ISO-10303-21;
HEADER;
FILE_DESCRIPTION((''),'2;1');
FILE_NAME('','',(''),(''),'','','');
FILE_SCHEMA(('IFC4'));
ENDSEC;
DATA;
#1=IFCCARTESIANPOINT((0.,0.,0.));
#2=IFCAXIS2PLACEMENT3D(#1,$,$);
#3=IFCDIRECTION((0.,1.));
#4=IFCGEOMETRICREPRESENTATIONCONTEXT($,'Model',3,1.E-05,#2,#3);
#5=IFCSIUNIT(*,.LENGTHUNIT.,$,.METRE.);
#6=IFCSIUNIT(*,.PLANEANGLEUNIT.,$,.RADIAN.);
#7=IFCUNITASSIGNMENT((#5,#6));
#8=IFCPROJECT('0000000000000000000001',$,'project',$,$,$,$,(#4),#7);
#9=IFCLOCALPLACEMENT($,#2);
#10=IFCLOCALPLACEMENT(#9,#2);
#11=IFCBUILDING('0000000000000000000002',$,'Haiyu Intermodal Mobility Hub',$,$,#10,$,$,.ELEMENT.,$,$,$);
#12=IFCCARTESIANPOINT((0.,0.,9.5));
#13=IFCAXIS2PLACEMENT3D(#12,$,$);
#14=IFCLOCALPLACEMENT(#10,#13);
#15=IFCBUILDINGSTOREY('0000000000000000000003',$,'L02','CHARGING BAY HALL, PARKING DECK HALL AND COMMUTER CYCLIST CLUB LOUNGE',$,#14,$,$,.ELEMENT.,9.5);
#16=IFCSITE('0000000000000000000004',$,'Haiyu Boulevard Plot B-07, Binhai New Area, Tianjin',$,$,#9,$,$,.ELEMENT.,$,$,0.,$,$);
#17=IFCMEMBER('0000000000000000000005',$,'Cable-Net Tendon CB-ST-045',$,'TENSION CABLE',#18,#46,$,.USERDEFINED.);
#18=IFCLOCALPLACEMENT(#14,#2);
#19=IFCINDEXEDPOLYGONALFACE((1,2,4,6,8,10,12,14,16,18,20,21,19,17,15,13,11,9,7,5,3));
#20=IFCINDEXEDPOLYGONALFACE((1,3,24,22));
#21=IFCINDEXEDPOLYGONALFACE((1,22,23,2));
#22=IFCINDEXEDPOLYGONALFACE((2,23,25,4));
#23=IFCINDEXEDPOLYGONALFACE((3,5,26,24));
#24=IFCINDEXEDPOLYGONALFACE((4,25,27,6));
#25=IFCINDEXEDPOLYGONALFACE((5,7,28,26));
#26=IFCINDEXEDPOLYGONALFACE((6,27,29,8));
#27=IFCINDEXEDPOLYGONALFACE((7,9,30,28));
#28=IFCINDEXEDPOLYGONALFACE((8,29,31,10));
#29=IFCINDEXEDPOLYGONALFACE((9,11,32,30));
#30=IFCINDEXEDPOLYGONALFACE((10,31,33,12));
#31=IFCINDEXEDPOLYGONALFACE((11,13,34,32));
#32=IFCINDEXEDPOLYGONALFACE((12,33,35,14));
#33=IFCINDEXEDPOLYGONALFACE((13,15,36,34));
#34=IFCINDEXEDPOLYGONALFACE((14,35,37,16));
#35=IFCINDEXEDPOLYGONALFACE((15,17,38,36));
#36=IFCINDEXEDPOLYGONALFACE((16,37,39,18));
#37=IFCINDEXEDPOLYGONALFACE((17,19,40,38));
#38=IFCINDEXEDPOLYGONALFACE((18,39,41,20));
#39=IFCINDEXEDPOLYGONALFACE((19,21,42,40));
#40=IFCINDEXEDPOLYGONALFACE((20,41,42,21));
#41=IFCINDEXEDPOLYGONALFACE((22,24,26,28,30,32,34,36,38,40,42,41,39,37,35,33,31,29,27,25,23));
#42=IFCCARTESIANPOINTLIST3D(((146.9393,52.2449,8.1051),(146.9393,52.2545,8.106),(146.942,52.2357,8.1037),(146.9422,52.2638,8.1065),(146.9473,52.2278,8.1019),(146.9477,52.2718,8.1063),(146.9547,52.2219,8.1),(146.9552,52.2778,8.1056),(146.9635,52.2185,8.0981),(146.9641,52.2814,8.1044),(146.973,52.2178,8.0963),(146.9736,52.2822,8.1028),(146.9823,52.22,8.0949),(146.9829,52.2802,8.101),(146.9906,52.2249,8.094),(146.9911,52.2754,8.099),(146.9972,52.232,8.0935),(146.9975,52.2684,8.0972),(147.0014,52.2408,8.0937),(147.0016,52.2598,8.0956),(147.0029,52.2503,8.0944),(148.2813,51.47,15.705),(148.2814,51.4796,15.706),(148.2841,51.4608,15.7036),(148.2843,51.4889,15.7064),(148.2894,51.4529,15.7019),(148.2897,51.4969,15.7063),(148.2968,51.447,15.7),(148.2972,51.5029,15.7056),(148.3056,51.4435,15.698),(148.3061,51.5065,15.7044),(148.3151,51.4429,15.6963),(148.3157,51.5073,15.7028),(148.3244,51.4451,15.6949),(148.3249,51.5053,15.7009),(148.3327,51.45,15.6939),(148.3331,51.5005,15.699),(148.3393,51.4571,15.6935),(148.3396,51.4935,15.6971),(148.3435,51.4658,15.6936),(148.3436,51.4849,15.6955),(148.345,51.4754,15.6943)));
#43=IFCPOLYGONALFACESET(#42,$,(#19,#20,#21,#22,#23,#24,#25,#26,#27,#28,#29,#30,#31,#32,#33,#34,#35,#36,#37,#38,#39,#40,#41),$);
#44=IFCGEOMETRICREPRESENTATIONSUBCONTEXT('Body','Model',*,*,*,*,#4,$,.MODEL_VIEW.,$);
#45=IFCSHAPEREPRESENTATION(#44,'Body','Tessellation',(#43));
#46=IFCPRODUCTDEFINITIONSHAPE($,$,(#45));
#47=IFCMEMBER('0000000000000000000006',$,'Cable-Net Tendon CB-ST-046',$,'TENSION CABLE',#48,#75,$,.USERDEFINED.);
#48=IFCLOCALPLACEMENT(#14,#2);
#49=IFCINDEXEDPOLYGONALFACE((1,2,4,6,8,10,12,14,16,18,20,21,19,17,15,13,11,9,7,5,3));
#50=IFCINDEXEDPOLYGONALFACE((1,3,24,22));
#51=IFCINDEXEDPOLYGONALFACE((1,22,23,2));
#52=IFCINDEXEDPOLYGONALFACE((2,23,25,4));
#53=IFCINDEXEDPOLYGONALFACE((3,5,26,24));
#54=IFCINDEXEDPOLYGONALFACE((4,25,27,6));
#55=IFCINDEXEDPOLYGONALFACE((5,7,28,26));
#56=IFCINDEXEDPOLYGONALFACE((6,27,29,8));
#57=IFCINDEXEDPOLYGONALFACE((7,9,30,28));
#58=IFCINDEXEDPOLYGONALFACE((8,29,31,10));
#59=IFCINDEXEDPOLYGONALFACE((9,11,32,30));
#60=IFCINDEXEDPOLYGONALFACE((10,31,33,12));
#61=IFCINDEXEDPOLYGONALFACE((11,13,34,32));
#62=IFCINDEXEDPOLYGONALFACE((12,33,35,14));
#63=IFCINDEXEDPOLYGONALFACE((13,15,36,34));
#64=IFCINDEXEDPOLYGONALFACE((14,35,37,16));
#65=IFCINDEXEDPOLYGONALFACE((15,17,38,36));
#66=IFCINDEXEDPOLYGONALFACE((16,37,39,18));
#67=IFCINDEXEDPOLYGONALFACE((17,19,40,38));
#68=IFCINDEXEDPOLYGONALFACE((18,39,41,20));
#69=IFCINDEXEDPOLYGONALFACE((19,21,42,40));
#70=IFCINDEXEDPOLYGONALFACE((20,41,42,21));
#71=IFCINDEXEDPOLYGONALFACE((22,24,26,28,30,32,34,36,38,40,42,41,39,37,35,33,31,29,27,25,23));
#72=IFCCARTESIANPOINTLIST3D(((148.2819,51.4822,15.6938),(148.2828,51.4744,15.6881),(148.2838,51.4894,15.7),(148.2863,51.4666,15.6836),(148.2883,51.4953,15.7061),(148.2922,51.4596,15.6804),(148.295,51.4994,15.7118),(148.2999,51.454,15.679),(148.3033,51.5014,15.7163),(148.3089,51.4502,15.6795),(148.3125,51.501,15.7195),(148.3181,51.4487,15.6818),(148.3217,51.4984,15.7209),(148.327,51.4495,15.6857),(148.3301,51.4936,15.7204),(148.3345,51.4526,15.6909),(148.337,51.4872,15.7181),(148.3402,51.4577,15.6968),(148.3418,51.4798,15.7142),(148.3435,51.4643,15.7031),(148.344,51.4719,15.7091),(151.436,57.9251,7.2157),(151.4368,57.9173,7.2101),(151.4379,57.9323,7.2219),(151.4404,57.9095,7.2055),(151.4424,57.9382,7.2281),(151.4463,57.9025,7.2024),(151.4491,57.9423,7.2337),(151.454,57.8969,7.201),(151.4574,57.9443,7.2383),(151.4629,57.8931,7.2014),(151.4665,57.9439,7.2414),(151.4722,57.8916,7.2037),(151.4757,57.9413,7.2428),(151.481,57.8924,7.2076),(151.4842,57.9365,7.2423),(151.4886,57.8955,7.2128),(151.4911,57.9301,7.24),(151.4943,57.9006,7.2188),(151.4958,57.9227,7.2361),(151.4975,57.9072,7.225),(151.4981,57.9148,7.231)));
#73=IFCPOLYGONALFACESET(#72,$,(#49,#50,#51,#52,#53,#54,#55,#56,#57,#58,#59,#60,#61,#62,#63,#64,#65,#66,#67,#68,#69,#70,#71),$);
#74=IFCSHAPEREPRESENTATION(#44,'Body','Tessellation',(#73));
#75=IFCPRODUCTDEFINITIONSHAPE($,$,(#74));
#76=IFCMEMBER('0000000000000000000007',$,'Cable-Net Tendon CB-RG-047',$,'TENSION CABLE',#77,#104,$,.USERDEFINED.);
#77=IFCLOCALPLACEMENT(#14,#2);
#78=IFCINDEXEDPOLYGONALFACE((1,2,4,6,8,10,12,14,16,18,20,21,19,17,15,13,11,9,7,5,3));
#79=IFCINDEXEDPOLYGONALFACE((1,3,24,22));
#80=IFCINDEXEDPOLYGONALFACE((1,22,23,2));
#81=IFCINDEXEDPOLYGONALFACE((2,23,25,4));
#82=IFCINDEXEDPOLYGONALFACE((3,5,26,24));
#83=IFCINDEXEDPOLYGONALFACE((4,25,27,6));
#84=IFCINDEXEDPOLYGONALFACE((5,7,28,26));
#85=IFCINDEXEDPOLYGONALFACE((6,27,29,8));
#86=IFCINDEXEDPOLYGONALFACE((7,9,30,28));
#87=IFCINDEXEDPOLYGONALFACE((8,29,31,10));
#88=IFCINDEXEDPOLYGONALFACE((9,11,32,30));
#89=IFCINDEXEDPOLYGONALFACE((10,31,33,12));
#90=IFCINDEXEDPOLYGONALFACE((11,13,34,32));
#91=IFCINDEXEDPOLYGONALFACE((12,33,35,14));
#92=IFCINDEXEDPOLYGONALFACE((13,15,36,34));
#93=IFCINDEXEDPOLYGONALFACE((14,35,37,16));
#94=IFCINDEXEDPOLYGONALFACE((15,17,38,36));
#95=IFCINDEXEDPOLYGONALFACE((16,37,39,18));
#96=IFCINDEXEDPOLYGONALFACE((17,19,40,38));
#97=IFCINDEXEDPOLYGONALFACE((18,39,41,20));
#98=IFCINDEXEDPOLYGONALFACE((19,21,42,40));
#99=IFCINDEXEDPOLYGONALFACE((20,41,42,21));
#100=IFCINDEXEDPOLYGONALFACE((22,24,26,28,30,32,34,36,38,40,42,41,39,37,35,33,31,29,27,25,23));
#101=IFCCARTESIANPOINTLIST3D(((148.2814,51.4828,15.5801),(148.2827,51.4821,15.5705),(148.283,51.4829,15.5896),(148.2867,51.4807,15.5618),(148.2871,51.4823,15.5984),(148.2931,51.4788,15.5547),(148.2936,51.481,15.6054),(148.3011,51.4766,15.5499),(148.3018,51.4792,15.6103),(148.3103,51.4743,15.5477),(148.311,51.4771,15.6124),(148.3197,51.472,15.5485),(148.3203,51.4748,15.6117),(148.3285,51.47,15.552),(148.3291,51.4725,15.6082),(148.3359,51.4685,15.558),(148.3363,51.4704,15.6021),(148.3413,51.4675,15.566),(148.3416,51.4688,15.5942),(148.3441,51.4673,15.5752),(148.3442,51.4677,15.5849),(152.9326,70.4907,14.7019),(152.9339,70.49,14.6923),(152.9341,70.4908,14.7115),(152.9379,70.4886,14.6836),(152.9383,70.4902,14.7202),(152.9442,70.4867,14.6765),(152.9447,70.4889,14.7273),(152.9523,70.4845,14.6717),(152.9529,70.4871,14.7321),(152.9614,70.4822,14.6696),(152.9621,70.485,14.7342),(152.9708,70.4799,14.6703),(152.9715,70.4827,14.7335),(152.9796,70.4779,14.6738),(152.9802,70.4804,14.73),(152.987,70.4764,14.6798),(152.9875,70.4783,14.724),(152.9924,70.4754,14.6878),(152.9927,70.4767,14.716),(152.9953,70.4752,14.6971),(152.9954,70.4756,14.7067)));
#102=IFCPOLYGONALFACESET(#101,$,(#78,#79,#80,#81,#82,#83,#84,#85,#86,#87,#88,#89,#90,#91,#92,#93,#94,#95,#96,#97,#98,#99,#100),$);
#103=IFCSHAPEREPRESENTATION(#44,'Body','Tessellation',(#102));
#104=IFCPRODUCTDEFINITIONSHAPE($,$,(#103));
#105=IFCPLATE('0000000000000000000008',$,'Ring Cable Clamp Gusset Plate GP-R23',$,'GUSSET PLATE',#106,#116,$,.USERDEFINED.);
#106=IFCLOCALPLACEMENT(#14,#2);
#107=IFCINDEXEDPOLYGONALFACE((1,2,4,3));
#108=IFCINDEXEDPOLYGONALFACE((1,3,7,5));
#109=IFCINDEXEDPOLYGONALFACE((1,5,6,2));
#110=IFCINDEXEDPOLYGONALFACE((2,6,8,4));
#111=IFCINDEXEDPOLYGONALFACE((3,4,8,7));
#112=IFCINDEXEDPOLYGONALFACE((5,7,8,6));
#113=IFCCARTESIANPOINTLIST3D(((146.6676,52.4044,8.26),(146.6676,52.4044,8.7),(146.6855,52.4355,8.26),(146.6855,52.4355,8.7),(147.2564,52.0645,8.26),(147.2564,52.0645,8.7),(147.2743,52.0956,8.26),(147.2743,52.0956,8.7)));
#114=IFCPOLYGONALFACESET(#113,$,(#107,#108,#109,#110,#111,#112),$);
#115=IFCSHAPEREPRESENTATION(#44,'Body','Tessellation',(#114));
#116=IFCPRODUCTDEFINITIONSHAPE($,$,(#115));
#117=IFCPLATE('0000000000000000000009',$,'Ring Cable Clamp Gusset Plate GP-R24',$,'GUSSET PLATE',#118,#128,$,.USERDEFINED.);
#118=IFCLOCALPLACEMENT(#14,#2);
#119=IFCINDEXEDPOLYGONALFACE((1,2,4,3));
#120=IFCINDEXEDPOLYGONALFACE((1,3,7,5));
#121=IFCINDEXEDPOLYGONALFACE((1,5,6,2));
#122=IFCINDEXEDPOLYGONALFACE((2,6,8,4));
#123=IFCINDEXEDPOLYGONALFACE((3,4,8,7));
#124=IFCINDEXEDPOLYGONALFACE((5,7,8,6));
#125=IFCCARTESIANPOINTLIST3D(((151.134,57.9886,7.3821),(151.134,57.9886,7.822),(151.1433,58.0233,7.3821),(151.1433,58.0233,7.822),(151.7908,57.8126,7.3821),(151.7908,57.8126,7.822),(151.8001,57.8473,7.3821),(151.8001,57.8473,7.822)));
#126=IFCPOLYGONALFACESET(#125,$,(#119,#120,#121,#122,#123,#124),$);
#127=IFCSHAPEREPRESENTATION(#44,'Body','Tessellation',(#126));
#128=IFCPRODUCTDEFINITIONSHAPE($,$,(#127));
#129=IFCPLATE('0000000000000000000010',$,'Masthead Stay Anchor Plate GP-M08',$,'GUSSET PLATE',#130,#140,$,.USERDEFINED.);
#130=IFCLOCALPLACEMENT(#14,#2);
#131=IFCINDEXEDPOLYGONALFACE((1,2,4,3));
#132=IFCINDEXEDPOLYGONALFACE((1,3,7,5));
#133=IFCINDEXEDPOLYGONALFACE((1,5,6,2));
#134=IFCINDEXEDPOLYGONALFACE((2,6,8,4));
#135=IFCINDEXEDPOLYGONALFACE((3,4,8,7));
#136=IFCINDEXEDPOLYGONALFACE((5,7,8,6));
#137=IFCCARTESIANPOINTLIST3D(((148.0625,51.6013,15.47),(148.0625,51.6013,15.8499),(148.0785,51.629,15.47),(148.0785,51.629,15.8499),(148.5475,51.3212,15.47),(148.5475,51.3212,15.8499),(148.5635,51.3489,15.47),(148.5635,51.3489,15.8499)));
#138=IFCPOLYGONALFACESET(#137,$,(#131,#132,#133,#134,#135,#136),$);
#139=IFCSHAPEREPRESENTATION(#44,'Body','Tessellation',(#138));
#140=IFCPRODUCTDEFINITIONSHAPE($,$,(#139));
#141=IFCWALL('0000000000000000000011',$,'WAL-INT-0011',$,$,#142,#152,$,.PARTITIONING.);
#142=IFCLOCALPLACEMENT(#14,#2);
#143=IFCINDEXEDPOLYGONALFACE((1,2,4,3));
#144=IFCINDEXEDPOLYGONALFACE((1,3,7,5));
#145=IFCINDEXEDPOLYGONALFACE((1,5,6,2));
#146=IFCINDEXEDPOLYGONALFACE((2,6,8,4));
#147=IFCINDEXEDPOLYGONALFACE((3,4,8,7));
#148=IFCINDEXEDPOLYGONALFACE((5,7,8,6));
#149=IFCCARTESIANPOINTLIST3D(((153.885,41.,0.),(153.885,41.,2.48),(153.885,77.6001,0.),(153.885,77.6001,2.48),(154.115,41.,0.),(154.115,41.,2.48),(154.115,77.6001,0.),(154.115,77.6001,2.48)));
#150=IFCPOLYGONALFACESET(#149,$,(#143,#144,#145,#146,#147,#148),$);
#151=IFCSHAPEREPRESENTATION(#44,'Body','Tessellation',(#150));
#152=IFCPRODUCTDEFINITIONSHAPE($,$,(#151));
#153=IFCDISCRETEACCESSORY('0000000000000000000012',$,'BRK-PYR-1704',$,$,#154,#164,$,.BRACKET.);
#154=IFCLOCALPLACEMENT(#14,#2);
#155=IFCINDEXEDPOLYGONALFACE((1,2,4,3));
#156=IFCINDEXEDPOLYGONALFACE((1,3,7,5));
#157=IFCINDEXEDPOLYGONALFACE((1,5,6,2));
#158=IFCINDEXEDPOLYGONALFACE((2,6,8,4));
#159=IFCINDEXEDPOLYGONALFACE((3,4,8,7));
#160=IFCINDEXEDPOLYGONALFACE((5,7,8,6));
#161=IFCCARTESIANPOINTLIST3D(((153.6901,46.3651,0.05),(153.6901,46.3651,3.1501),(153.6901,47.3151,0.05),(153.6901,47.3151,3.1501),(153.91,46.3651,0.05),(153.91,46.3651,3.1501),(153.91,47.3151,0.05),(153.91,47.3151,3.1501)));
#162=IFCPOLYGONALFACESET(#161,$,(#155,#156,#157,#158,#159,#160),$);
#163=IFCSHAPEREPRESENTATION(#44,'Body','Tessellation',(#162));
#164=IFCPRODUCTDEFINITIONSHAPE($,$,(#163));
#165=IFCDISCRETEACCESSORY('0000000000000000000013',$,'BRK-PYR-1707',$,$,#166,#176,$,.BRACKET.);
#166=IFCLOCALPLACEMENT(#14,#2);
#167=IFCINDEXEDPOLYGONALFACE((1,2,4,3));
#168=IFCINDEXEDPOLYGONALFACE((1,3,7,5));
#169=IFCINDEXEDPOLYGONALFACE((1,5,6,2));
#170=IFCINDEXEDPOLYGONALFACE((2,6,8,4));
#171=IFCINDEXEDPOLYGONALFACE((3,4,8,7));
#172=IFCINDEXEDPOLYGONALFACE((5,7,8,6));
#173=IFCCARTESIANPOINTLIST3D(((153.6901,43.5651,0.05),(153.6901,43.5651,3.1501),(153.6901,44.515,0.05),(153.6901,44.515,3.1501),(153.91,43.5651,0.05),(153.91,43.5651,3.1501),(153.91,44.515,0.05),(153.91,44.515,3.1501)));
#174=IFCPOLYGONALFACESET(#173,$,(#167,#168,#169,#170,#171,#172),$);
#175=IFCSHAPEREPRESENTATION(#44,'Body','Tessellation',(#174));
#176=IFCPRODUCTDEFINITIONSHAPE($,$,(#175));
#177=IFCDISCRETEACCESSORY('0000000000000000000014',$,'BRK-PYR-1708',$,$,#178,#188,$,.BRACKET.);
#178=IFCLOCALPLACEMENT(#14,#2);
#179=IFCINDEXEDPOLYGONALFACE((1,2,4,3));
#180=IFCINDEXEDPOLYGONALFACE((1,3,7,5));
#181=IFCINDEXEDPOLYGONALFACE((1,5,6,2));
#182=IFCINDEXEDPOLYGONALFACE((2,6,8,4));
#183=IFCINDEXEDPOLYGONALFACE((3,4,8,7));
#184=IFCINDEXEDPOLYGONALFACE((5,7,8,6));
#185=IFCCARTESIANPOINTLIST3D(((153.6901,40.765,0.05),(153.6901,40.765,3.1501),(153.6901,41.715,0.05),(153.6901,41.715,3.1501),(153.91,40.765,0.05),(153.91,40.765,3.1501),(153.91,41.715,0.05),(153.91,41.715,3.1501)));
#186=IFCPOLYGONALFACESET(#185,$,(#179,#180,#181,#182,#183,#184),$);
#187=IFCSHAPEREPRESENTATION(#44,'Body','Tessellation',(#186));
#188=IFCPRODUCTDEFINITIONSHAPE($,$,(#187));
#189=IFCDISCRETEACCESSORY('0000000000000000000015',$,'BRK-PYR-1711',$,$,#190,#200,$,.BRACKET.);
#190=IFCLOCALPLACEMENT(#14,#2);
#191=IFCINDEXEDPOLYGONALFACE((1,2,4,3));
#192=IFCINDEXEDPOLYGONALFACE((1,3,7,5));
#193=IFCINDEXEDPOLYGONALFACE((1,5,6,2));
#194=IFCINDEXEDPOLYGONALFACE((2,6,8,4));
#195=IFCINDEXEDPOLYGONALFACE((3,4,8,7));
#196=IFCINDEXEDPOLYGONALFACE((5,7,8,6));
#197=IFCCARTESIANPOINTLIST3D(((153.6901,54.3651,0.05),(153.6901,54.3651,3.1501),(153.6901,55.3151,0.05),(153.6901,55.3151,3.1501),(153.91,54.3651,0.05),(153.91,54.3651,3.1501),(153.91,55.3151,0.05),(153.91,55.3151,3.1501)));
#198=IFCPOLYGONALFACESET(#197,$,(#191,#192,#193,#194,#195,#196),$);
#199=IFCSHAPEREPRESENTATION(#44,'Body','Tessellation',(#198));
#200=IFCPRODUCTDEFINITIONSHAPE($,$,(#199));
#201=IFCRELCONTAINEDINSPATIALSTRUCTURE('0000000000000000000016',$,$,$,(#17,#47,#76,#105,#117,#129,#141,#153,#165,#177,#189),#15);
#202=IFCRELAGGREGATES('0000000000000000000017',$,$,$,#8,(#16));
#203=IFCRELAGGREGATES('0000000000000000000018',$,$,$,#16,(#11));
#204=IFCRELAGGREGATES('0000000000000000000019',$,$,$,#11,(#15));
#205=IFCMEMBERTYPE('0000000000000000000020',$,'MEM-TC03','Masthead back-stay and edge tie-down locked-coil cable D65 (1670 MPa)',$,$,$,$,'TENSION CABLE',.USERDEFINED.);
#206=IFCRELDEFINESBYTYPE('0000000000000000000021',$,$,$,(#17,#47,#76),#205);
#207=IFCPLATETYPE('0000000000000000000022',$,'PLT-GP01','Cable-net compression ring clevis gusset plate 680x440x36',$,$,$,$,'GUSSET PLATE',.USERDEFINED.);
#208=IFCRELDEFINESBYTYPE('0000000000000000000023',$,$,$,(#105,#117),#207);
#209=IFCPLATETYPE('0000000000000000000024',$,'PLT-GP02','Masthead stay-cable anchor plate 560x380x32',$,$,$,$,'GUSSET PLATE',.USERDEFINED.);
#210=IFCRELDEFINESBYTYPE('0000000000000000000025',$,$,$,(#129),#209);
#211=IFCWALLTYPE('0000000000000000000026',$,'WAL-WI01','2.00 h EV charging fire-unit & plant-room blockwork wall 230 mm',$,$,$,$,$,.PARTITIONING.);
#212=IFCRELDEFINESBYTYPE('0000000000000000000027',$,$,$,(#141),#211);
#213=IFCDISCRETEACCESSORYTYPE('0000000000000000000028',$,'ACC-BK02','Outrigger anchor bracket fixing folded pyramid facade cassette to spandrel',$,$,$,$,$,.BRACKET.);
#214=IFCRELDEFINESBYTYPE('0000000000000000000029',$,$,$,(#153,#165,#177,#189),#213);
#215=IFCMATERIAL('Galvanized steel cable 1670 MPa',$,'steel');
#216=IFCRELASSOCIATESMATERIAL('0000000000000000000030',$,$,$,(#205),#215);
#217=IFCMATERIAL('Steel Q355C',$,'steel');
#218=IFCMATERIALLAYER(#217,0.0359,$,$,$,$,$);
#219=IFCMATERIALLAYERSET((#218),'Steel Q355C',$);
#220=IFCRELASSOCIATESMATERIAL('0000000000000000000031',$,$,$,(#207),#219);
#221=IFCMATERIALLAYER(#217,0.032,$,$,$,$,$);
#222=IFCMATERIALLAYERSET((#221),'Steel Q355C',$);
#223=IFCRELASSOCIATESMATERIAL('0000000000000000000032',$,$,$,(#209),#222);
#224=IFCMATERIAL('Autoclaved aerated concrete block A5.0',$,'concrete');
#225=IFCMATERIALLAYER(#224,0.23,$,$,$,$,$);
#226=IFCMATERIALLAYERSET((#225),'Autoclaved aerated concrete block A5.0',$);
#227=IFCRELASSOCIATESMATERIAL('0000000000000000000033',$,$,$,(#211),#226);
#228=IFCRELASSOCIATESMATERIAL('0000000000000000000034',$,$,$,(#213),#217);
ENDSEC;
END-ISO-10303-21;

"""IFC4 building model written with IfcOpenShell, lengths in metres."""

from ifc_helpers import new_model, si_unit, direction, frame, frame_2d, origin, origin_2d, place, context, subcontext, project, spatial, rectangle, circle, extrude, material, layer, layer_set, material_profile, profile_set, type_object, element, save


model = new_model("IFC4")

# Units and contexts
model_context = context("Model", 3, precision=1e-05, world=origin(), true_north=direction((0.0, 1.0)))
body_context = subcontext(model_context, "Body", "Model", "MODEL_VIEW")
ifc_project = project(units=[si_unit("LENGTHUNIT", "METRE"), si_unit("PLANEANGLEUNIT", "RADIAN")], contexts=[model_context])

# Site, building, storey
site_placement = place(None, origin())
site = spatial("IfcSite", under=ifc_project, at=site_placement, Name="Haiyu Boulevard Plot B-07, Binhai New Area, Tianjin", CompositionType="ELEMENT", RefElevation=0.0)
building_placement = place(site_placement, origin())
building = spatial("IfcBuilding", under=site, at=building_placement, Name="Haiyu Intermodal Mobility Hub", CompositionType="ELEMENT")
storey_placement = place(building_placement, frame((0.0, 0.0, 9.5)))
storey = spatial("IfcBuildingStorey", under=building, at=storey_placement, Name="L02", Description="CHARGING BAY HALL, PARKING DECK HALL AND COMMUTER CYCLIST CLUB LOUNGE", CompositionType="ELEMENT", Elevation=9.5)

# Shared definitions
ifc_material_1 = material(Name="Steel Q355C", Category="steel")

# Members
ifc_material_2 = material(Name="Galvanized steel cable 1670 MPa", Category="steel")
ifc_material_profile_1 = material_profile(ifc_material_2, circle(Radius=0.0325, at=origin_2d()), Name="CABLE65")
ifc_profile_set_1 = profile_set([ifc_material_profile_1], Name="Galvanized steel cable 1670 MPa")
member_type_1 = type_object("IfcMemberType", Name="MEM-TC03", Description="Masthead back-stay and edge tie-down locked-coil cable D65 (1670 MPa)", ElementType="TENSION CABLE", PredefinedType="USERDEFINED", material=ifc_profile_set_1)
member_1_placement = place(storey_placement, frame((148.313, 51.4751, 15.7), z_axis=(-0.173027, 0.099907, -0.979837), x_axis=(-0.500036, -0.866005, 0.0)))
element("IfcMember", 1, at=member_1_placement, inside=storey, type_object=member_type_1, Name="Cable-Net Tendon CB-ST-045", ObjectType="TENSION CABLE", PredefinedType="USERDEFINED", context=body_context, shape_type="SweptSolid", body=[
    extrude(circle(Radius=0.0325, at=origin_2d()), origin(), (0.0, 0.0, 1.0), 7.7563),
])
member_2_placement = place(storey_placement, frame((148.313, 51.4751, 15.7), z_axis=(0.284004, 0.580143, -0.763397), x_axis=(-0.898153, 0.439683, 0.0)))
element("IfcMember", 2, at=member_2_placement, inside=storey, type_object=member_type_1, Name="Cable-Net Tendon CB-ST-046", ObjectType="TENSION CABLE", PredefinedType="USERDEFINED", context=body_context, shape_type="SweptSolid", body=[
    extrude(circle(Radius=0.0325, at=origin_2d()), origin(), (0.0, 0.0, 1.0), 11.1057),
])
member_3_placement = place(storey_placement, frame((148.313, 51.4751, 15.5801), z_axis=(0.237444, 0.970366, -0.044832), x_axis=(-0.971343, 0.237683, 0.0)))
element("IfcMember", 3, at=member_3_placement, inside=storey, type_object=member_type_1, Name="Cable-Net Tendon CB-RG-047", ObjectType="TENSION CABLE", PredefinedType="USERDEFINED", context=body_context, shape_type="SweptSolid", body=[
    extrude(circle(Radius=0.0325, at=origin_2d()), origin(), (0.0, 0.0, 1.0), 19.5884),
])

# Plates
ifc_layer_1 = layer(ifc_material_1, 0.0359)
ifc_layer_set_1 = layer_set([ifc_layer_1], Name="Steel Q355C")
plate_type_1 = type_object("IfcPlateType", Name="PLT-GP01", Description="Cable-net compression ring clevis gusset plate 680x440x36", ElementType="GUSSET PLATE", PredefinedType="USERDEFINED", material=ifc_layer_set_1)
for number, where, z_axis, x_axis, name in (
    (4, (146.9709, 52.25, 8.26), (0.0, 0.0, 1.0), (0.866025, -0.5, 0.0), "Ring Cable Clamp Gusset Plate GP-R23"),
    (5, (151.467, 57.918, 7.3821), (0.0, 0.0, 1.0), (0.965926, -0.258819, 0.0), "Ring Cable Clamp Gusset Plate GP-R24"),
):
    element("IfcPlate", number, at=place(storey_placement, frame(where, z_axis=z_axis, x_axis=x_axis)), inside=storey, type_object=plate_type_1, Name=name, ObjectType="GUSSET PLATE", PredefinedType="USERDEFINED", context=body_context, shape_type="SweptSolid", body=[
        extrude(rectangle(XDim=0.6799, YDim=0.0359, at=origin_2d()), origin(), (0.0, 0.0, 1.0), 0.4399),
    ])
ifc_layer_2 = layer(ifc_material_1, 0.032)
ifc_layer_set_2 = layer_set([ifc_layer_2], Name="Steel Q355C")
plate_type_2 = type_object("IfcPlateType", Name="PLT-GP02", Description="Masthead stay-cable anchor plate 560x380x32", ElementType="GUSSET PLATE", PredefinedType="USERDEFINED", material=ifc_layer_set_2)
plate_placement = place(storey_placement, frame((148.313, 51.4751, 15.47), z_axis=(0.0, 0.0, 1.0), x_axis=(0.866025, -0.5, 0.0)))
element("IfcPlate", 6, at=plate_placement, inside=storey, type_object=plate_type_2, Name="Masthead Stay Anchor Plate GP-M08", ObjectType="GUSSET PLATE", PredefinedType="USERDEFINED", context=body_context, shape_type="SweptSolid", body=[
    extrude(rectangle(XDim=0.5601, YDim=0.032, at=origin_2d()), origin(), (0.0, 0.0, 1.0), 0.3799),
])

# Wall
ifc_material_3 = material(Name="Autoclaved aerated concrete block A5.0", Category="concrete")
ifc_layer_3 = layer(ifc_material_3, 0.23)
ifc_layer_set_3 = layer_set([ifc_layer_3], Name="Autoclaved aerated concrete block A5.0")
wall_type = type_object("IfcWallType", Name="WAL-WI01", Description="2.00 h EV charging fire-unit & plant-room blockwork wall 230 mm", PredefinedType="PARTITIONING", material=ifc_layer_set_3)
wall_placement = place(storey_placement, frame((154.0, 41.0, 0.0), z_axis=(0.0, 0.0, 1.0), x_axis=(0.0, 1.0, 0.0)))
element("IfcWall", 7, at=wall_placement, inside=storey, type_object=wall_type, Name="WAL-INT-0011", PredefinedType="PARTITIONING", context=body_context, shape_type="SweptSolid", body=[
    extrude(rectangle(XDim=36.6001, YDim=0.23, at=frame_2d((18.3, 0.0))), origin(), (0.0, 0.0, 1.0), 2.48),
])

# Discrete accessories
discrete_accessory_type = type_object("IfcDiscreteAccessoryType", Name="ACC-BK02", Description="Outrigger anchor bracket fixing folded pyramid facade cassette to spandrel", PredefinedType="BRACKET", material=ifc_material_1)
for number, where, z_axis, x_axis, name in (
    (8, (153.8, 46.8401, 0.05), (0.0, 0.0, 1.0), (1.0, 0.0, 0.0), "BRK-PYR-1704"),
    (9, (153.8, 44.04, 0.05), (0.0, 0.0, 1.0), (1.0, 0.0, 0.0), "BRK-PYR-1707"),
    (10, (153.8, 41.24, 0.05), (0.0, 0.0, 1.0), (1.0, 0.0, 0.0), "BRK-PYR-1708"),
    (11, (153.8, 54.8401, 0.05), (0.0, 0.0, 1.0), (1.0, 0.0, 0.0), "BRK-PYR-1711"),
):
    element("IfcDiscreteAccessory", number, at=place(storey_placement, frame(where, z_axis=z_axis, x_axis=x_axis)), inside=storey, type_object=discrete_accessory_type, Name=name, PredefinedType="BRACKET", context=body_context, shape_type="SweptSolid", body=[
        extrude(rectangle(XDim=0.22, YDim=0.95, at=origin_2d()), origin(), (0.0, 0.0, 1.0), 3.1001),
    ])

save(model, "model.ifc")
